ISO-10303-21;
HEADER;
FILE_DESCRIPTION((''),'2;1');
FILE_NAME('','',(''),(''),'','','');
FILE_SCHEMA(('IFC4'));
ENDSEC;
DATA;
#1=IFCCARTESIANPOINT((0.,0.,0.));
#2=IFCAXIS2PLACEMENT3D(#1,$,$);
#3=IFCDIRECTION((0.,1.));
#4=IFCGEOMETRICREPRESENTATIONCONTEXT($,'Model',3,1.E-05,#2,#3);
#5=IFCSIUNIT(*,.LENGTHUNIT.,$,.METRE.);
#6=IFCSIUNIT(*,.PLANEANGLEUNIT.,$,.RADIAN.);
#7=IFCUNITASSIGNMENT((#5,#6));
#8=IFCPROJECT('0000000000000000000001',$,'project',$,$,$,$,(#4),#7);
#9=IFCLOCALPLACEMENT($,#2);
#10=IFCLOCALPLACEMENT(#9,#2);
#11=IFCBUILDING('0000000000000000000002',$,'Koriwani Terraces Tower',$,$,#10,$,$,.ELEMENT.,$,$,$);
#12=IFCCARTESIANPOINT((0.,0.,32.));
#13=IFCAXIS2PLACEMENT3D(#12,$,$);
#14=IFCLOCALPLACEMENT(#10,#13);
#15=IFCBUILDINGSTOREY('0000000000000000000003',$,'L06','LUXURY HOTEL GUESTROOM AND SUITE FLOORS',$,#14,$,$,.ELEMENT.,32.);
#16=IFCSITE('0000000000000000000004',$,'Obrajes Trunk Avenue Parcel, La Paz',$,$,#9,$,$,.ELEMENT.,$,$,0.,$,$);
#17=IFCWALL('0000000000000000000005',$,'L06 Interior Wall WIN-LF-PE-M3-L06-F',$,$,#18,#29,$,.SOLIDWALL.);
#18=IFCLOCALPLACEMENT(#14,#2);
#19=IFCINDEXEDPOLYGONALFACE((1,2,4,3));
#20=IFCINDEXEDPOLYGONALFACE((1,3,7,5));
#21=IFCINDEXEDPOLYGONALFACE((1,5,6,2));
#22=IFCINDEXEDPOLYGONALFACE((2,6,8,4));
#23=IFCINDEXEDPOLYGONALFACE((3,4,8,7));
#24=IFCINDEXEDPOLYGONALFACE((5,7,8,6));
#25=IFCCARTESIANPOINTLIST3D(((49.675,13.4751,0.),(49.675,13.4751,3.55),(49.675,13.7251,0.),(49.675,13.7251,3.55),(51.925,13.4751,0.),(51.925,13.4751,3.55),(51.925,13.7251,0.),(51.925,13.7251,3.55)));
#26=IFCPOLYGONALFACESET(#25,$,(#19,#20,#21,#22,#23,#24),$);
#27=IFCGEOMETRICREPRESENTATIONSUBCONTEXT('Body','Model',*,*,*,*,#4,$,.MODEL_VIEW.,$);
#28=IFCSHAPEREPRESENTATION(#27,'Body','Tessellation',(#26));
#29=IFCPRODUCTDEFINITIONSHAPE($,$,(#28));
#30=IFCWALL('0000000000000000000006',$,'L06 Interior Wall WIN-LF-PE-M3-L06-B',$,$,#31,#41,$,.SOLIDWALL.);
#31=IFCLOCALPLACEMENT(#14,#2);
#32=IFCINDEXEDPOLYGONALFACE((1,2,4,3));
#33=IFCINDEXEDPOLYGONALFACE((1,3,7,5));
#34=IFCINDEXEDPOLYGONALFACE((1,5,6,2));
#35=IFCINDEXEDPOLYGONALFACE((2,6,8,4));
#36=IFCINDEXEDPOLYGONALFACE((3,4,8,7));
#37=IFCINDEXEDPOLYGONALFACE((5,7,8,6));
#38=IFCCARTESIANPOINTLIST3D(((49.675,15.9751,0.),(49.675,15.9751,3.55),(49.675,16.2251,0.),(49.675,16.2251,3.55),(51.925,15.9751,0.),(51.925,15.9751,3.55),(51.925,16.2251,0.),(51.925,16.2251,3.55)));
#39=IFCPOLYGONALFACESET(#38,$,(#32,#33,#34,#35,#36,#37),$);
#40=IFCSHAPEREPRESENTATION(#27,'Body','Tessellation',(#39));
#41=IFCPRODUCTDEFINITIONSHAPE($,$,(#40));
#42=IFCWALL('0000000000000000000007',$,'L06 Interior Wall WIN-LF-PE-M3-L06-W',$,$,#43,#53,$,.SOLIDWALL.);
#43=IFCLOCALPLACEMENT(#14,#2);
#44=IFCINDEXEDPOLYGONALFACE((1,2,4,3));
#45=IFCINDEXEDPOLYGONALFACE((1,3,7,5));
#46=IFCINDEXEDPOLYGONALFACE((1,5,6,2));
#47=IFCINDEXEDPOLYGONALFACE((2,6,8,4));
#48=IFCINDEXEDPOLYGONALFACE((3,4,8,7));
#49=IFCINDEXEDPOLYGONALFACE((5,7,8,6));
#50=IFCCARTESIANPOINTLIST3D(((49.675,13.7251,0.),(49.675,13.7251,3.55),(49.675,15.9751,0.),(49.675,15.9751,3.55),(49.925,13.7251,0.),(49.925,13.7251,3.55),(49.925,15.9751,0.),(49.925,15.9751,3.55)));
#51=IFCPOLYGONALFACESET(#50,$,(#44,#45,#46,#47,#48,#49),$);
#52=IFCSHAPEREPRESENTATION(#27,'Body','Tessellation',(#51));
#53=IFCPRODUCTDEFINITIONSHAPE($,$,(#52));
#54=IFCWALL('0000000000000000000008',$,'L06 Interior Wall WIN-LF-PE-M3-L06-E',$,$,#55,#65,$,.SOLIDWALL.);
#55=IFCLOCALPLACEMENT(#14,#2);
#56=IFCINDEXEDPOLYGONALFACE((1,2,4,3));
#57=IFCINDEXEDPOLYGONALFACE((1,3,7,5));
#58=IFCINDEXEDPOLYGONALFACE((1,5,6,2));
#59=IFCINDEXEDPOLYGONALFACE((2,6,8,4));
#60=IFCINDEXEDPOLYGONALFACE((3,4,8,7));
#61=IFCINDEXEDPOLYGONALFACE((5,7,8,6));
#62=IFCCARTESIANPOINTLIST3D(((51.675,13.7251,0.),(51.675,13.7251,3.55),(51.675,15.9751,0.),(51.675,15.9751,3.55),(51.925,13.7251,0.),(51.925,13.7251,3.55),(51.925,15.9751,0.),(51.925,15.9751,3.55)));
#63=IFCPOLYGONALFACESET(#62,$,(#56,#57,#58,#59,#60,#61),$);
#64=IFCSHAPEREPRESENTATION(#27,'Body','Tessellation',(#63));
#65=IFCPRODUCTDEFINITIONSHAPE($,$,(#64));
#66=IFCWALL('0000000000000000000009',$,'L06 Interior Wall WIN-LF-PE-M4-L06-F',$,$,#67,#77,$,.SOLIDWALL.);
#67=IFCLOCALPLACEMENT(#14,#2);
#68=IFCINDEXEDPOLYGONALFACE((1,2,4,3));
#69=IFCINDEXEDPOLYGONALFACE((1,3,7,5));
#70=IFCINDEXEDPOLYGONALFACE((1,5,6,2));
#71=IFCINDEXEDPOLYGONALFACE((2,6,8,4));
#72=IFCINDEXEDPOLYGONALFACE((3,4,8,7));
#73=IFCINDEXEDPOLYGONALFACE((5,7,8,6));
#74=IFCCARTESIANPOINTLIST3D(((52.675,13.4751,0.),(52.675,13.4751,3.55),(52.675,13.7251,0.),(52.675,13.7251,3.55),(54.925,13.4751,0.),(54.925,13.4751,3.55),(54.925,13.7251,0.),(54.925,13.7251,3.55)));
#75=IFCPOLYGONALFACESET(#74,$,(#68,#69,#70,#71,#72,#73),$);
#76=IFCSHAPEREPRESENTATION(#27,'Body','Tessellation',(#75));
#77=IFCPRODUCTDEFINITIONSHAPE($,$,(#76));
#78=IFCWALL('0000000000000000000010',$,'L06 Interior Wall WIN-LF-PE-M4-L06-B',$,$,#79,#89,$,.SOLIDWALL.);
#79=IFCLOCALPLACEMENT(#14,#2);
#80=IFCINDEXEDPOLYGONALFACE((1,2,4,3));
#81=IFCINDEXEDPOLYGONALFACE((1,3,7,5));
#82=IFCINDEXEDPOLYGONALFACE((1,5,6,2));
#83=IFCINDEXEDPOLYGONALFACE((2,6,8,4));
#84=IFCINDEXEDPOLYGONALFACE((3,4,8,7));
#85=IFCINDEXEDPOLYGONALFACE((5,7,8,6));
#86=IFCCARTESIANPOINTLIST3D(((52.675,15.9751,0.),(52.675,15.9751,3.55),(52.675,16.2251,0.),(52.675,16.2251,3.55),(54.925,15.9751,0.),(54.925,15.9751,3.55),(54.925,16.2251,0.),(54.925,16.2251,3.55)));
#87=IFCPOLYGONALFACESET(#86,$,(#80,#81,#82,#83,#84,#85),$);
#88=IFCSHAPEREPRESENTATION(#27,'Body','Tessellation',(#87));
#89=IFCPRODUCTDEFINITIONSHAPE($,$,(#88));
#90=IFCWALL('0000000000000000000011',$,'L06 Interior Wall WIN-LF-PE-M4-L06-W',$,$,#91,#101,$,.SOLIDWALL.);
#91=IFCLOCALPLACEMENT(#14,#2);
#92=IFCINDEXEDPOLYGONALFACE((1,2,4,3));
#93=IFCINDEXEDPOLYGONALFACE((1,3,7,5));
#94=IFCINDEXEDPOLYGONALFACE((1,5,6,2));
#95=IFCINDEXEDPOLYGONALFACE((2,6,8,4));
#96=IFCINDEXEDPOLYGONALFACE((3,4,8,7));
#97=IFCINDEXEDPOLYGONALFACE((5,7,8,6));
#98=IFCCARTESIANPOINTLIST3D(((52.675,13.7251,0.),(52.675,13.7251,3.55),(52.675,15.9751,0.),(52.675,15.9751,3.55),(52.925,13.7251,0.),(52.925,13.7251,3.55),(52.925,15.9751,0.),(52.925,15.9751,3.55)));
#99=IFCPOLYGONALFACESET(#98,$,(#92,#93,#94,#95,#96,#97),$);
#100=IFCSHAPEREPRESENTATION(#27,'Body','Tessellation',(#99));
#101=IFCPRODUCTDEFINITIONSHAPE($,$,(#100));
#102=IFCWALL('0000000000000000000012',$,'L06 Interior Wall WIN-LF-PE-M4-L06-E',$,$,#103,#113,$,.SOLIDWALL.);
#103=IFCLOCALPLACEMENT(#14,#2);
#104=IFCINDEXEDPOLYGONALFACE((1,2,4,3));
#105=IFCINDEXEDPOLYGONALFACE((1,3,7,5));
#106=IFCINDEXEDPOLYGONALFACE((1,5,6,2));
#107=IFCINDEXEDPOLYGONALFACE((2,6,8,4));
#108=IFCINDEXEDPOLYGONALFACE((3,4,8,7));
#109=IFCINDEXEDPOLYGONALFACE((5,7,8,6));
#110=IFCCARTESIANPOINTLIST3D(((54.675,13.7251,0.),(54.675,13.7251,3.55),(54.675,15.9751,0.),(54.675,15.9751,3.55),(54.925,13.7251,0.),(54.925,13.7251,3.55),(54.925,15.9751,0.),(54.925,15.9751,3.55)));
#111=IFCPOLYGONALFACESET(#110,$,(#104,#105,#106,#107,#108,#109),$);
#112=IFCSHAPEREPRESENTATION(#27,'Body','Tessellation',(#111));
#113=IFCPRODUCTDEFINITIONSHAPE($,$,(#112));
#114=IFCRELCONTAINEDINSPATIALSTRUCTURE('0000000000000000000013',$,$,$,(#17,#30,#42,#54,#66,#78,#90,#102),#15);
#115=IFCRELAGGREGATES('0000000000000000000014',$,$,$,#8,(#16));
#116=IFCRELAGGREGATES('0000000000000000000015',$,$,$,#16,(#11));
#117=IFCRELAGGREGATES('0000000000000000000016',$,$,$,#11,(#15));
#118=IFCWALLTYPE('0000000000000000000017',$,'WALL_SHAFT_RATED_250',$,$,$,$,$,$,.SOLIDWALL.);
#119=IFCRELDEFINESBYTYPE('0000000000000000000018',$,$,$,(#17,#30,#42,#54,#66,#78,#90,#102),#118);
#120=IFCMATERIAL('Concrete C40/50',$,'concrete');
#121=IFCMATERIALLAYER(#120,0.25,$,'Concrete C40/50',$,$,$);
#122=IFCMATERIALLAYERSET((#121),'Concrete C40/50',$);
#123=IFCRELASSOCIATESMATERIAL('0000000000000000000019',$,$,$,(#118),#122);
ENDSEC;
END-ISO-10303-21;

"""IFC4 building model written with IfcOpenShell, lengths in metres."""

from ifc_helpers import new_model, si_unit, direction, frame, frame_2d, origin, place, context, subcontext, project, spatial, rectangle, extrude, material, layer, layer_set, type_object, element, save


model = new_model("IFC4")

# Units and contexts
model_context = context("Model", 3, precision=1e-05, world=origin(), true_north=direction((0.0, 1.0)))
body_context = subcontext(model_context, "Body", "Model", "MODEL_VIEW")
ifc_project = project(units=[si_unit("LENGTHUNIT", "METRE"), si_unit("PLANEANGLEUNIT", "RADIAN")], contexts=[model_context])

# Site, building, storey
site_placement = place(None, origin())
site = spatial("IfcSite", under=ifc_project, at=site_placement, Name="Obrajes Trunk Avenue Parcel, La Paz", CompositionType="ELEMENT", RefElevation=0.0)
building_placement = place(site_placement, origin())
building = spatial("IfcBuilding", under=site, at=building_placement, Name="Koriwani Terraces Tower", CompositionType="ELEMENT")
storey_placement = place(building_placement, frame((0.0, 0.0, 32.0)))
storey = spatial("IfcBuildingStorey", under=building, at=storey_placement, Name="L06", Description="LUXURY HOTEL GUESTROOM AND SUITE FLOORS", CompositionType="ELEMENT", Elevation=32.0)

# Shared definitions
ifc_material_1 = material(Name="Concrete C40/50", Category="concrete")

# Walls
ifc_layer_1 = layer(ifc_material_1, 0.25, Name="Concrete C40/50")
ifc_layer_set_1 = layer_set([ifc_layer_1], Name="Concrete C40/50")
wall_type_1 = type_object("IfcWallType", Name="WALL_SHAFT_RATED_250", PredefinedType="SOLIDWALL", material=ifc_layer_set_1)
for number, where, z_axis, x_axis, name in (
    (1, (49.675, 13.6001, 0.0), (0.0, 0.0, 1.0), (1.0, 0.0, 0.0), "L06 Interior Wall WIN-LF-PE-M3-L06-F"),
    (2, (49.675, 16.1001, 0.0), (0.0, 0.0, 1.0), (1.0, 0.0, 0.0), "L06 Interior Wall WIN-LF-PE-M3-L06-B"),
    (3, (49.8, 13.7251, 0.0), (0.0, 0.0, 1.0), (0.0, 1.0, 0.0), "L06 Interior Wall WIN-LF-PE-M3-L06-W"),
    (4, (51.8, 13.7251, 0.0), (0.0, 0.0, 1.0), (0.0, 1.0, 0.0), "L06 Interior Wall WIN-LF-PE-M3-L06-E"),
    (5, (52.675, 13.6001, 0.0), (0.0, 0.0, 1.0), (1.0, 0.0, 0.0), "L06 Interior Wall WIN-LF-PE-M4-L06-F"),
    (6, (52.675, 16.1001, 0.0), (0.0, 0.0, 1.0), (1.0, 0.0, 0.0), "L06 Interior Wall WIN-LF-PE-M4-L06-B"),
    (7, (52.8, 13.7251, 0.0), (0.0, 0.0, 1.0), (0.0, 1.0, 0.0), "L06 Interior Wall WIN-LF-PE-M4-L06-W"),
    (8, (54.8, 13.7251, 0.0), (0.0, 0.0, 1.0), (0.0, 1.0, 0.0), "L06 Interior Wall WIN-LF-PE-M4-L06-E"),
):
    element("IfcWall", number, at=place(storey_placement, frame(where, z_axis=z_axis, x_axis=x_axis)), inside=storey, type_object=wall_type_1, Name=name, PredefinedType="SOLIDWALL", context=body_context, shape_type="SweptSolid", body=[
        extrude(rectangle(XDim=2.25, YDim=0.25, at=frame_2d((1.125, 0.0))), origin(), (0.0, 0.0, 1.0), 3.55),
    ])

save(model, "model.ifc")
